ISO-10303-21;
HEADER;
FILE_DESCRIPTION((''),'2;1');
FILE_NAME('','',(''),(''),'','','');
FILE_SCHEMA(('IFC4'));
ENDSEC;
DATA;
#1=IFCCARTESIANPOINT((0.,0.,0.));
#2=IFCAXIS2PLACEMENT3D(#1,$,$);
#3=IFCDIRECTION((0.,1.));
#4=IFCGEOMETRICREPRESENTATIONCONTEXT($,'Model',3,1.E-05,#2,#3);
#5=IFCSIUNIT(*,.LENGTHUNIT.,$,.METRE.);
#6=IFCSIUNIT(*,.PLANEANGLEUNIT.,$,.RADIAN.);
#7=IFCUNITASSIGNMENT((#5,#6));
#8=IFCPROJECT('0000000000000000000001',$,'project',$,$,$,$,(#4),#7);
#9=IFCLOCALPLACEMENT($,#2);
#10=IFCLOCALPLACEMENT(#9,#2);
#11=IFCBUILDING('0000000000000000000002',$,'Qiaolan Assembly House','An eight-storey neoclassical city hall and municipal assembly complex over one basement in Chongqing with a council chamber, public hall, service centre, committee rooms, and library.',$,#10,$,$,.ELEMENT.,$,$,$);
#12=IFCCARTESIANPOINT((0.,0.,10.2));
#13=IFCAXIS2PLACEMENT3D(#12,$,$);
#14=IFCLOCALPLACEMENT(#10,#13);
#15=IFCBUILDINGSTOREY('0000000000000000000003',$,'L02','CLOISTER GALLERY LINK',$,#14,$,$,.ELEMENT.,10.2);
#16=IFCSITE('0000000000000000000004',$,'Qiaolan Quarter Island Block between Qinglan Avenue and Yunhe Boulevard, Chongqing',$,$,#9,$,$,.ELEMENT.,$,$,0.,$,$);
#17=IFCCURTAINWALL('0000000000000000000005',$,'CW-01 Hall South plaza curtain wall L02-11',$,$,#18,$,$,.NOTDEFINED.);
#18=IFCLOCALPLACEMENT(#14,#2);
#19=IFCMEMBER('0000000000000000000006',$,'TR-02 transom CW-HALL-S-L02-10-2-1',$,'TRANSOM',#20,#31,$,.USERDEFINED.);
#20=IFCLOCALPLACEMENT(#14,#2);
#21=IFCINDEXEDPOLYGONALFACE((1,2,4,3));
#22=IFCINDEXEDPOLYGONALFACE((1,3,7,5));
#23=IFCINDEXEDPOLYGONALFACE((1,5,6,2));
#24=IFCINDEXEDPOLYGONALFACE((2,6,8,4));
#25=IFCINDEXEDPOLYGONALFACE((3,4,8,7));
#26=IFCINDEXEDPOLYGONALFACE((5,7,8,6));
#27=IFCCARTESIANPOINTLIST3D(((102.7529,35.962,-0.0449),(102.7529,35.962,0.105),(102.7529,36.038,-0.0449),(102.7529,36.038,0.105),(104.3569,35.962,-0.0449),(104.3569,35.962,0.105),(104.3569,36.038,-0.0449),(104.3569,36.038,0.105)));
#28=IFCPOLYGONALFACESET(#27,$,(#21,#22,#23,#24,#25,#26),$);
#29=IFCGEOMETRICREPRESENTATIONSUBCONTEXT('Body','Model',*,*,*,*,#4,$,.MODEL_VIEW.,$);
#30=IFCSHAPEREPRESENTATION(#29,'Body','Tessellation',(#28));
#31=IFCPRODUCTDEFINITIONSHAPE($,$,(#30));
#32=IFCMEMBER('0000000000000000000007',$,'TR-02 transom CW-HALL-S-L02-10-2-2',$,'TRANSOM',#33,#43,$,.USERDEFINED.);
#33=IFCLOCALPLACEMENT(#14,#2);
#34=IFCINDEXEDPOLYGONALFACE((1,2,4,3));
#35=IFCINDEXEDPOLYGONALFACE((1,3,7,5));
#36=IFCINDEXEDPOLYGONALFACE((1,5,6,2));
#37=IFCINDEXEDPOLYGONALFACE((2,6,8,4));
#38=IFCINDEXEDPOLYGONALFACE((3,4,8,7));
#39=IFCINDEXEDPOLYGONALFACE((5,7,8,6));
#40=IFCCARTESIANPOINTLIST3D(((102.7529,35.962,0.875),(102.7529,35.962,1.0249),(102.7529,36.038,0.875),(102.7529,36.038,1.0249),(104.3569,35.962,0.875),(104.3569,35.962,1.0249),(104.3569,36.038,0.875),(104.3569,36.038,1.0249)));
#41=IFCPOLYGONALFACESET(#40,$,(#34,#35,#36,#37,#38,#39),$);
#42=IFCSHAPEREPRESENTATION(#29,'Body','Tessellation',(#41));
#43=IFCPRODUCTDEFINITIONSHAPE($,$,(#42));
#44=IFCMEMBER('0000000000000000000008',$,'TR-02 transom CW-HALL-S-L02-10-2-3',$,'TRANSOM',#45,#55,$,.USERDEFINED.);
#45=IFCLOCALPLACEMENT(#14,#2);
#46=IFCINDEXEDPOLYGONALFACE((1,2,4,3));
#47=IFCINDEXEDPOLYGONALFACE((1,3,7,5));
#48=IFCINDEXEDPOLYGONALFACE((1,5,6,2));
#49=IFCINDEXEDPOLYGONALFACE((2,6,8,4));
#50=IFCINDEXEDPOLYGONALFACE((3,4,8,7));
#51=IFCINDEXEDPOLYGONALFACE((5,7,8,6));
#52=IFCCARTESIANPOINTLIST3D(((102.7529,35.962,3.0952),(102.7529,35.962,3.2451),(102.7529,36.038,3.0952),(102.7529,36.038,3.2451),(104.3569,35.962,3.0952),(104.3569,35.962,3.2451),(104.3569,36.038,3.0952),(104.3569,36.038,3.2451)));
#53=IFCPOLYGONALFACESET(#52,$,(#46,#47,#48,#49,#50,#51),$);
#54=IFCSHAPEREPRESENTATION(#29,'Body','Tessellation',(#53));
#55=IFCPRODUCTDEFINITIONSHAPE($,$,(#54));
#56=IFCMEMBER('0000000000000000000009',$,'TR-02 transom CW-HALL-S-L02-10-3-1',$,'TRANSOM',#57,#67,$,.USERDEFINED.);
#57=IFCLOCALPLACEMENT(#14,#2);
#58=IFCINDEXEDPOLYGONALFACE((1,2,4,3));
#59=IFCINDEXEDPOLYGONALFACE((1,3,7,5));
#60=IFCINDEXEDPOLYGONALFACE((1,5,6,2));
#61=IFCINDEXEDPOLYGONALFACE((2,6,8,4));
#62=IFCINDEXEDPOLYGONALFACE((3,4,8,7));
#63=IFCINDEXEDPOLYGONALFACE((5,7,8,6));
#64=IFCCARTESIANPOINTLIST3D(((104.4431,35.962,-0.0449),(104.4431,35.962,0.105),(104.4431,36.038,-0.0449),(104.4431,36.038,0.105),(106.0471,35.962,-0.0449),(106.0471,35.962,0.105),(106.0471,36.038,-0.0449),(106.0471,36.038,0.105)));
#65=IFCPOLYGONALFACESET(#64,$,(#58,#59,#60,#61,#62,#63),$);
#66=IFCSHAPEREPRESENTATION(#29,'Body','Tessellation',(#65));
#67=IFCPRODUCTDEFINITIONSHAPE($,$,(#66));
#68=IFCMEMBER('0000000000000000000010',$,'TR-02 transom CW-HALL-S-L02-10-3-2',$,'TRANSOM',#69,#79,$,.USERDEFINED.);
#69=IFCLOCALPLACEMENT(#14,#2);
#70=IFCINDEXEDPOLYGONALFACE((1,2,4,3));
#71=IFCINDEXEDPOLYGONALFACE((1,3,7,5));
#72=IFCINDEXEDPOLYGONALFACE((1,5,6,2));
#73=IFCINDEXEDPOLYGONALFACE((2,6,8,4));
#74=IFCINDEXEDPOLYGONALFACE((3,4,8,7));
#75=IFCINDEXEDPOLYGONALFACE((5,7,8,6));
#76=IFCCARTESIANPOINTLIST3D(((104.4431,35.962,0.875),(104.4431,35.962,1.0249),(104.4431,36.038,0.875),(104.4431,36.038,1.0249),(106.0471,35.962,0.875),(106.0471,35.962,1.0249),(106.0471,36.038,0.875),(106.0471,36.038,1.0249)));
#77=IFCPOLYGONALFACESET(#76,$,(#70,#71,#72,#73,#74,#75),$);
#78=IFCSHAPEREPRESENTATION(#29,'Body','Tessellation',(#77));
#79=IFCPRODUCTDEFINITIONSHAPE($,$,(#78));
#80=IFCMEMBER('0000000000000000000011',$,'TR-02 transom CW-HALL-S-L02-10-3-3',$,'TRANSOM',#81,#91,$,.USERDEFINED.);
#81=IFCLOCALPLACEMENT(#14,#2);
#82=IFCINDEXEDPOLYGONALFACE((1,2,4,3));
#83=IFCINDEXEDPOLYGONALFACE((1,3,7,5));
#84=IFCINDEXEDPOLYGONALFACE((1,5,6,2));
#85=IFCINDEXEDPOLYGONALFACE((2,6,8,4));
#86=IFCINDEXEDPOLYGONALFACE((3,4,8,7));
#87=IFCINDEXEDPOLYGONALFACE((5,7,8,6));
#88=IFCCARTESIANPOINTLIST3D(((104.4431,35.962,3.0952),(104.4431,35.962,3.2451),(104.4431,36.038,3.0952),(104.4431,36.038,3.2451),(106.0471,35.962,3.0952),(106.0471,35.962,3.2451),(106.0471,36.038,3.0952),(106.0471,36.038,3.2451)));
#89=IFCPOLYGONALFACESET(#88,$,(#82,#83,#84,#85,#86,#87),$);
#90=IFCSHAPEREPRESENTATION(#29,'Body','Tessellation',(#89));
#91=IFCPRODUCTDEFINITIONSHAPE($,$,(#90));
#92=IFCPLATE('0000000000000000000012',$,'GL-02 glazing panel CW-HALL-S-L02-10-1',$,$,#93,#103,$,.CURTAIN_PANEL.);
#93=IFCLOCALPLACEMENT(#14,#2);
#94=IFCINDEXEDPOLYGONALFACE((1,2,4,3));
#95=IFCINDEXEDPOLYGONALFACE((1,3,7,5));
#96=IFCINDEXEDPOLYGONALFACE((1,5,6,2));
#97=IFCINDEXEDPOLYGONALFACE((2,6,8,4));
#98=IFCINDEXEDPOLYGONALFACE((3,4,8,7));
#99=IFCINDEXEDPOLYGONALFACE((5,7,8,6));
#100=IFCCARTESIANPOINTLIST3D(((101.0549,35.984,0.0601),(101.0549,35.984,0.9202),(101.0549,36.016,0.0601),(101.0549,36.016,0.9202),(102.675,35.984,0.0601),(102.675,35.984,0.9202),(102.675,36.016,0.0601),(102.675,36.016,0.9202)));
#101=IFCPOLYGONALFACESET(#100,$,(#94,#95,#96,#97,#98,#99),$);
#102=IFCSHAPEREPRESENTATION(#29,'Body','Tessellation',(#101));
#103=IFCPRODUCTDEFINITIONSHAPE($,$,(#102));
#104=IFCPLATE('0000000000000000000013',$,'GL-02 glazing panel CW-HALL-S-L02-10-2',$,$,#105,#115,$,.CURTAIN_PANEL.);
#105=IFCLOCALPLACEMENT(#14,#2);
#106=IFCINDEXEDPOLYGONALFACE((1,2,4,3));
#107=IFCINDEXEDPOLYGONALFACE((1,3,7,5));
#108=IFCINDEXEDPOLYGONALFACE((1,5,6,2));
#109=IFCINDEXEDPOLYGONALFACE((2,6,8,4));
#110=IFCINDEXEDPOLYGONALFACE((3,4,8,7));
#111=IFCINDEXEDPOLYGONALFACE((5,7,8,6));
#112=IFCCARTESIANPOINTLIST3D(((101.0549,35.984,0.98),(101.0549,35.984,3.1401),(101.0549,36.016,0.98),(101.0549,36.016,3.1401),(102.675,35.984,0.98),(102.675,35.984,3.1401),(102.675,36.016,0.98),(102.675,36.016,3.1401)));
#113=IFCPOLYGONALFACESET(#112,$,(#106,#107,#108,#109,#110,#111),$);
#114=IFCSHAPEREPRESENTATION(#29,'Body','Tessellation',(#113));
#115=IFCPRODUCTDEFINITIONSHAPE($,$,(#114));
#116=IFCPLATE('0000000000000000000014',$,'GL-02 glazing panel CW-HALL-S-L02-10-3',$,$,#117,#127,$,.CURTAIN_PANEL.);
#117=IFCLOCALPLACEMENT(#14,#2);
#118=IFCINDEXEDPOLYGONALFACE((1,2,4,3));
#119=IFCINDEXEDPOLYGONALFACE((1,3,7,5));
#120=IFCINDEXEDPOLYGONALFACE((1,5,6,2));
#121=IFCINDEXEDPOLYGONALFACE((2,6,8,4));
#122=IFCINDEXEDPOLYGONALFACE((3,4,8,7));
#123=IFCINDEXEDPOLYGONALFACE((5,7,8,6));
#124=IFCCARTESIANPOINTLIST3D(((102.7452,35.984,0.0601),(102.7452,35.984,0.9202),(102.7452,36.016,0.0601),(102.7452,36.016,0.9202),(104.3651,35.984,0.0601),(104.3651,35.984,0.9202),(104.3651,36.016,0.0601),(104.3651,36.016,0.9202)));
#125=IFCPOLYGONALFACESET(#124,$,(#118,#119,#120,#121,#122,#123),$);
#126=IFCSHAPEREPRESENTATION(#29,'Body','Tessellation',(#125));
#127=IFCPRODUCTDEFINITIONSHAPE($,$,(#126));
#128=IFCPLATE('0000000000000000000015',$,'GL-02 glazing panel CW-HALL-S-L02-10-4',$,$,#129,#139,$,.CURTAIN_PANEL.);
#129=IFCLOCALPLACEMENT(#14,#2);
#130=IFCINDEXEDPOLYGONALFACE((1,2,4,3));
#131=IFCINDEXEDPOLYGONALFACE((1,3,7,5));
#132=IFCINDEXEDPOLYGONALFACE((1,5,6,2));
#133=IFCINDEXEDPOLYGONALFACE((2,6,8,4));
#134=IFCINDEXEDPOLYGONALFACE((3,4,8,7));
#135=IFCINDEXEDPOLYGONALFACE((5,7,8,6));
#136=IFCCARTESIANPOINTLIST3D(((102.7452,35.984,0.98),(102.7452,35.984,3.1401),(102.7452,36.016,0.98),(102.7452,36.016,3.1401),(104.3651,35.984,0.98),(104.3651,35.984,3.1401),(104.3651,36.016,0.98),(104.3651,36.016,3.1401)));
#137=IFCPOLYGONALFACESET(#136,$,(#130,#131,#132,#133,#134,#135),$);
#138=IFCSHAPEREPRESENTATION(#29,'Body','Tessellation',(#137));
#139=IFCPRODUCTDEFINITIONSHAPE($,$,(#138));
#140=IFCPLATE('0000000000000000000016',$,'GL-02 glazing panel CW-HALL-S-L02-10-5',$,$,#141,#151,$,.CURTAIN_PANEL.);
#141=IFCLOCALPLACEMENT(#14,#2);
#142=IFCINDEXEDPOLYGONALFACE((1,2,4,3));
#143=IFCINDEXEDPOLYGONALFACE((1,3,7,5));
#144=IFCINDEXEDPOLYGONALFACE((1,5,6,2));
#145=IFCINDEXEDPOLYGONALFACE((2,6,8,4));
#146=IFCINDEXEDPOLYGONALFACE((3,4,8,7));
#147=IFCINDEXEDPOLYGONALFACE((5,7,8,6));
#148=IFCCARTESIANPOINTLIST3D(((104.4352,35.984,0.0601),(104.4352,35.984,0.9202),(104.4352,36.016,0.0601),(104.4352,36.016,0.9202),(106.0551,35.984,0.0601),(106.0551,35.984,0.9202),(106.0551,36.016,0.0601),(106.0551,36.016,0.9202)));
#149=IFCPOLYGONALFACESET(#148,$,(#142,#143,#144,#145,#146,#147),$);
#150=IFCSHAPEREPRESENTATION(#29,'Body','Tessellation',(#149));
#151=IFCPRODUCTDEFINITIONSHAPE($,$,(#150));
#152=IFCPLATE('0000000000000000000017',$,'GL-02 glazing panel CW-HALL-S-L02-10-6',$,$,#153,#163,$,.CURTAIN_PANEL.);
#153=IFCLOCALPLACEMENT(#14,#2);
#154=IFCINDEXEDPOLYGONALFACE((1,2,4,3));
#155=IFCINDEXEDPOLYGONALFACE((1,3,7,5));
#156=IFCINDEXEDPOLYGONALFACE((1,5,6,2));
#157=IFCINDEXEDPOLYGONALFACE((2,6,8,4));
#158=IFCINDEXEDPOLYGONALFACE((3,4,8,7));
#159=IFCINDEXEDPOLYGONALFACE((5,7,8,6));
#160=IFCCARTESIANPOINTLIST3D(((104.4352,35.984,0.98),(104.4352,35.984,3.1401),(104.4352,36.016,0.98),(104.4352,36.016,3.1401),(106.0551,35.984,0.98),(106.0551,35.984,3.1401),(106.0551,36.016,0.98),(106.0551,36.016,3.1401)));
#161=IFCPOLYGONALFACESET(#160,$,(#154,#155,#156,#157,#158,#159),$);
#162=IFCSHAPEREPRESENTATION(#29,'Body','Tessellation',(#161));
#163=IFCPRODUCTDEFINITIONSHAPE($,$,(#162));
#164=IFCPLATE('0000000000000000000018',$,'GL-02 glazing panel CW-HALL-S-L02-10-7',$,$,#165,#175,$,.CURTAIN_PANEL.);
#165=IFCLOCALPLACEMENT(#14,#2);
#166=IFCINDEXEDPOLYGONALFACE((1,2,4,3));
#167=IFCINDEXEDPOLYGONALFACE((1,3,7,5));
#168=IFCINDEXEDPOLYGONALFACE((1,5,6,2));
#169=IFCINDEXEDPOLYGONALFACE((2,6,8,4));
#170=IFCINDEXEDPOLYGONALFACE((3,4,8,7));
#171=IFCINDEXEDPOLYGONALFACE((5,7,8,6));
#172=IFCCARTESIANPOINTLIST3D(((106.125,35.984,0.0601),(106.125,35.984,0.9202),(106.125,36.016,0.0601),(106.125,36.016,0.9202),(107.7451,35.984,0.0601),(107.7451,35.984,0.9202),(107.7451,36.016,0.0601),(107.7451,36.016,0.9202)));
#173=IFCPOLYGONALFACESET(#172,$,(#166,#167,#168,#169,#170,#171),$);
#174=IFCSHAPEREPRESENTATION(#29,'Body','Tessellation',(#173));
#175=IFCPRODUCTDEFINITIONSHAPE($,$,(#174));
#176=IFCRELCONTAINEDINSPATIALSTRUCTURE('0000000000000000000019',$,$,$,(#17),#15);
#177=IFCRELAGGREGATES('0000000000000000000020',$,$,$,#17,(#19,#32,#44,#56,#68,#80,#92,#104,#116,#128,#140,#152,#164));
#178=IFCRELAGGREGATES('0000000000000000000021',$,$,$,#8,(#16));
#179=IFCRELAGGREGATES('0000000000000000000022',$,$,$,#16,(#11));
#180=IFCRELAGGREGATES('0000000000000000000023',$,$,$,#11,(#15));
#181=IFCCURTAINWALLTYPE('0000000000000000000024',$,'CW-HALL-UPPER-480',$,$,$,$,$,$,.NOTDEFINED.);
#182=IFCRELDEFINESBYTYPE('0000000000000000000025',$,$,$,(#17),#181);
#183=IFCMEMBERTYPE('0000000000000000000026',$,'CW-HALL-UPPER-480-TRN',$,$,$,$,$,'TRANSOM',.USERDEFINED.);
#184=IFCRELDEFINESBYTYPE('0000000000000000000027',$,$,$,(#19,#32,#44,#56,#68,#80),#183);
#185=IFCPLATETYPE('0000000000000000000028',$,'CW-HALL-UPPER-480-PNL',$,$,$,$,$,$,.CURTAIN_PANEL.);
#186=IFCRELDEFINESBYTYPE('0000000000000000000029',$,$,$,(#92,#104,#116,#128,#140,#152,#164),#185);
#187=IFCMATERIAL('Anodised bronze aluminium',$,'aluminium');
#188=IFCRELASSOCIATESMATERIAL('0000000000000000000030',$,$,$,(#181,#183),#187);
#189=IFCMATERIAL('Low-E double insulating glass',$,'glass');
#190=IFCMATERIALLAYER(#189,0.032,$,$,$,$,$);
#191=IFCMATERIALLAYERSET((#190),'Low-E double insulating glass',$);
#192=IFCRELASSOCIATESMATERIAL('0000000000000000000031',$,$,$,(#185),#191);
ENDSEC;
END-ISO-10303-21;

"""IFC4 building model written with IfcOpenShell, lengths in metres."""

from ifc_helpers import new_model, si_unit, direction, frame, frame_2d, origin, origin_2d, place, context, subcontext, project, spatial, rectangle, extrude, material, layer, layer_set, material_profile, profile_set, type_object, element, aggregate, save


model = new_model("IFC4")

# Units and contexts
model_context = context("Model", 3, precision=1e-05, world=origin(), true_north=direction((0.0, 1.0)))
body_context = subcontext(model_context, "Body", "Model", "MODEL_VIEW")
ifc_project = project(units=[si_unit("LENGTHUNIT", "METRE"), si_unit("PLANEANGLEUNIT", "RADIAN")], contexts=[model_context])

# Site, building, storey
site_placement = place(None, origin())
site = spatial("IfcSite", under=ifc_project, at=site_placement, Name="Qiaolan Quarter Island Block between Qinglan Avenue and Yunhe Boulevard, Chongqing", CompositionType="ELEMENT", RefElevation=0.0)
building_placement = place(site_placement, origin())
building = spatial("IfcBuilding", under=site, at=building_placement, Name="Qiaolan Assembly House", Description="An eight-storey neoclassical city hall and municipal assembly complex over one basement in Chongqing with a council chamber, public hall, service centre, committee rooms, and library.", CompositionType="ELEMENT")
storey_placement = place(building_placement, frame((0.0, 0.0, 10.2)))
storey = spatial("IfcBuildingStorey", under=building, at=storey_placement, Name="L02", Description="CLOISTER GALLERY LINK", CompositionType="ELEMENT", Elevation=10.2)

# Curtain wall, members, plates
ifc_material_1 = material(Name="Anodised bronze aluminium", Category="aluminium")
curtain_wall_type = type_object("IfcCurtainWallType", Name="CW-HALL-UPPER-480", PredefinedType="NOTDEFINED", material=ifc_material_1)
curtain_wall_placement = place(storey_placement, origin())
curtain_wall = element("IfcCurtainWall", 1, at=curtain_wall_placement, inside=storey, type_object=curtain_wall_type, Name="CW-01 Hall South plaza curtain wall L02-11", PredefinedType="NOTDEFINED")
ifc_material_profile_1 = material_profile(ifc_material_1, rectangle(XDim=0.0759, YDim=0.1499, at=origin_2d()), Name="TRN 76x150")
ifc_profile_set_1 = profile_set([ifc_material_profile_1], Name="Anodised bronze aluminium")
member_type_1 = type_object("IfcMemberType", Name="CW-HALL-UPPER-480-TRN", ElementType="TRANSOM", PredefinedType="USERDEFINED", material=ifc_profile_set_1)
member_1_placement = place(storey_placement, frame((102.7529, 36.0, 0.03), z_axis=(1.0, 0.0, 0.0), x_axis=(0.0, 1.0, 0.0)))
member_1 = element("IfcMember", 2, at=member_1_placement, type_object=member_type_1, Name="TR-02 transom CW-HALL-S-L02-10-2-1", ObjectType="TRANSOM", PredefinedType="USERDEFINED", context=body_context, shape_type="SweptSolid", body=[
    extrude(rectangle(XDim=0.0759, YDim=0.1499, at=origin_2d()), origin(), (0.0, 0.0, 1.0), 1.604),
])
member_2_placement = place(storey_placement, frame((102.7529, 36.0, 0.95), z_axis=(1.0, 0.0, 0.0), x_axis=(0.0, 1.0, 0.0)))
member_2 = element("IfcMember", 3, at=member_2_placement, type_object=member_type_1, Name="TR-02 transom CW-HALL-S-L02-10-2-2", ObjectType="TRANSOM", PredefinedType="USERDEFINED", context=body_context, shape_type="SweptSolid", body=[
    extrude(rectangle(XDim=0.0759, YDim=0.1499, at=origin_2d()), origin(), (0.0, 0.0, 1.0), 1.604),
])
member_3_placement = place(storey_placement, frame((102.7529, 36.0, 3.1702), z_axis=(1.0, 0.0, 0.0), x_axis=(0.0, 1.0, 0.0)))
member_3 = element("IfcMember", 4, at=member_3_placement, type_object=member_type_1, Name="TR-02 transom CW-HALL-S-L02-10-2-3", ObjectType="TRANSOM", PredefinedType="USERDEFINED", context=body_context, shape_type="SweptSolid", body=[
    extrude(rectangle(XDim=0.0759, YDim=0.1499, at=origin_2d()), origin(), (0.0, 0.0, 1.0), 1.604),
])
member_4_placement = place(storey_placement, frame((104.4431, 36.0, 0.03), z_axis=(1.0, 0.0, 0.0), x_axis=(0.0, 1.0, 0.0)))
member_4 = element("IfcMember", 5, at=member_4_placement, type_object=member_type_1, Name="TR-02 transom CW-HALL-S-L02-10-3-1", ObjectType="TRANSOM", PredefinedType="USERDEFINED", context=body_context, shape_type="SweptSolid", body=[
    extrude(rectangle(XDim=0.0759, YDim=0.1499, at=origin_2d()), origin(), (0.0, 0.0, 1.0), 1.604),
])
member_5_placement = place(storey_placement, frame((104.4431, 36.0, 0.95), z_axis=(1.0, 0.0, 0.0), x_axis=(0.0, 1.0, 0.0)))
member_5 = element("IfcMember", 6, at=member_5_placement, type_object=member_type_1, Name="TR-02 transom CW-HALL-S-L02-10-3-2", ObjectType="TRANSOM", PredefinedType="USERDEFINED", context=body_context, shape_type="SweptSolid", body=[
    extrude(rectangle(XDim=0.0759, YDim=0.1499, at=origin_2d()), origin(), (0.0, 0.0, 1.0), 1.604),
])
member_6_placement = place(storey_placement, frame((104.4431, 36.0, 3.1702), z_axis=(1.0, 0.0, 0.0), x_axis=(0.0, 1.0, 0.0)))
member_6 = element("IfcMember", 7, at=member_6_placement, type_object=member_type_1, Name="TR-02 transom CW-HALL-S-L02-10-3-3", ObjectType="TRANSOM", PredefinedType="USERDEFINED", context=body_context, shape_type="SweptSolid", body=[
    extrude(rectangle(XDim=0.0759, YDim=0.1499, at=origin_2d()), origin(), (0.0, 0.0, 1.0), 1.604),
])
ifc_material_2 = material(Name="Low-E double insulating glass", Category="glass")
ifc_layer = layer(ifc_material_2, 0.032)
ifc_layer_set = layer_set([ifc_layer], Name="Low-E double insulating glass")
plate_type = type_object("IfcPlateType", Name="CW-HALL-UPPER-480-PNL", PredefinedType="CURTAIN_PANEL", material=ifc_layer_set)
plate_1_placement = place(storey_placement, frame((101.0549, 36.0, 0.0601), z_axis=(0.0, 0.0, 1.0), x_axis=(1.0, 0.0, 0.0)))
plate_1 = element("IfcPlate", 8, at=plate_1_placement, type_object=plate_type, Name="GL-02 glazing panel CW-HALL-S-L02-10-1", PredefinedType="CURTAIN_PANEL", context=body_context, shape_type="SweptSolid", body=[
    extrude(rectangle(XDim=1.6201, YDim=0.032, at=frame_2d((0.8101, 0.0))), origin(), (0.0, 0.0, 1.0), 0.8601),
])
plate_2_placement = place(storey_placement, frame((101.0549, 36.0, 0.98), z_axis=(0.0, 0.0, 1.0), x_axis=(1.0, 0.0, 0.0)))
plate_2 = element("IfcPlate", 9, at=plate_2_placement, type_object=plate_type, Name="GL-02 glazing panel CW-HALL-S-L02-10-2", PredefinedType="CURTAIN_PANEL", context=body_context, shape_type="SweptSolid", body=[
    extrude(rectangle(XDim=1.6201, YDim=0.032, at=frame_2d((0.8101, 0.0))), origin(), (0.0, 0.0, 1.0), 2.1602),
])
plate_3_placement = place(storey_placement, frame((102.7451, 36.0, 0.0601), z_axis=(0.0, 0.0, 1.0), x_axis=(1.0, 0.0, 0.0)))
plate_3 = element("IfcPlate", 10, at=plate_3_placement, type_object=plate_type, Name="GL-02 glazing panel CW-HALL-S-L02-10-3", PredefinedType="CURTAIN_PANEL", context=body_context, shape_type="SweptSolid", body=[
    extrude(rectangle(XDim=1.6199, YDim=0.032, at=frame_2d((0.8101, 0.0))), origin(), (0.0, 0.0, 1.0), 0.8601),
])
plate_4_placement = place(storey_placement, frame((102.7451, 36.0, 0.98), z_axis=(0.0, 0.0, 1.0), x_axis=(1.0, 0.0, 0.0)))
plate_4 = element("IfcPlate", 11, at=plate_4_placement, type_object=plate_type, Name="GL-02 glazing panel CW-HALL-S-L02-10-4", PredefinedType="CURTAIN_PANEL", context=body_context, shape_type="SweptSolid", body=[
    extrude(rectangle(XDim=1.6199, YDim=0.032, at=frame_2d((0.8101, 0.0))), origin(), (0.0, 0.0, 1.0), 2.1602),
])
plate_5_placement = place(storey_placement, frame((104.4351, 36.0, 0.0601), z_axis=(0.0, 0.0, 1.0), x_axis=(1.0, 0.0, 0.0)))
plate_5 = element("IfcPlate", 12, at=plate_5_placement, type_object=plate_type, Name="GL-02 glazing panel CW-HALL-S-L02-10-5", PredefinedType="CURTAIN_PANEL", context=body_context, shape_type="SweptSolid", body=[
    extrude(rectangle(XDim=1.6199, YDim=0.032, at=frame_2d((0.8101, 0.0))), origin(), (0.0, 0.0, 1.0), 0.8601),
])
plate_6_placement = place(storey_placement, frame((104.4351, 36.0, 0.98), z_axis=(0.0, 0.0, 1.0), x_axis=(1.0, 0.0, 0.0)))
plate_6 = element("IfcPlate", 13, at=plate_6_placement, type_object=plate_type, Name="GL-02 glazing panel CW-HALL-S-L02-10-6", PredefinedType="CURTAIN_PANEL", context=body_context, shape_type="SweptSolid", body=[
    extrude(rectangle(XDim=1.6199, YDim=0.032, at=frame_2d((0.8101, 0.0))), origin(), (0.0, 0.0, 1.0), 2.1602),
])
plate_7_placement = place(storey_placement, frame((106.125, 36.0, 0.0601), z_axis=(0.0, 0.0, 1.0), x_axis=(1.0, 0.0, 0.0)))
plate_7 = element("IfcPlate", 14, at=plate_7_placement, type_object=plate_type, Name="GL-02 glazing panel CW-HALL-S-L02-10-7", PredefinedType="CURTAIN_PANEL", context=body_context, shape_type="SweptSolid", body=[
    extrude(rectangle(XDim=1.6201, YDim=0.032, at=frame_2d((0.8101, 0.0))), origin(), (0.0, 0.0, 1.0), 0.8601),
])
aggregate(curtain_wall, [member_1, member_2, member_3, member_4, member_5, member_6, plate_1, plate_2, plate_3, plate_4, plate_5, plate_6, plate_7])

save(model, "model.ifc")
